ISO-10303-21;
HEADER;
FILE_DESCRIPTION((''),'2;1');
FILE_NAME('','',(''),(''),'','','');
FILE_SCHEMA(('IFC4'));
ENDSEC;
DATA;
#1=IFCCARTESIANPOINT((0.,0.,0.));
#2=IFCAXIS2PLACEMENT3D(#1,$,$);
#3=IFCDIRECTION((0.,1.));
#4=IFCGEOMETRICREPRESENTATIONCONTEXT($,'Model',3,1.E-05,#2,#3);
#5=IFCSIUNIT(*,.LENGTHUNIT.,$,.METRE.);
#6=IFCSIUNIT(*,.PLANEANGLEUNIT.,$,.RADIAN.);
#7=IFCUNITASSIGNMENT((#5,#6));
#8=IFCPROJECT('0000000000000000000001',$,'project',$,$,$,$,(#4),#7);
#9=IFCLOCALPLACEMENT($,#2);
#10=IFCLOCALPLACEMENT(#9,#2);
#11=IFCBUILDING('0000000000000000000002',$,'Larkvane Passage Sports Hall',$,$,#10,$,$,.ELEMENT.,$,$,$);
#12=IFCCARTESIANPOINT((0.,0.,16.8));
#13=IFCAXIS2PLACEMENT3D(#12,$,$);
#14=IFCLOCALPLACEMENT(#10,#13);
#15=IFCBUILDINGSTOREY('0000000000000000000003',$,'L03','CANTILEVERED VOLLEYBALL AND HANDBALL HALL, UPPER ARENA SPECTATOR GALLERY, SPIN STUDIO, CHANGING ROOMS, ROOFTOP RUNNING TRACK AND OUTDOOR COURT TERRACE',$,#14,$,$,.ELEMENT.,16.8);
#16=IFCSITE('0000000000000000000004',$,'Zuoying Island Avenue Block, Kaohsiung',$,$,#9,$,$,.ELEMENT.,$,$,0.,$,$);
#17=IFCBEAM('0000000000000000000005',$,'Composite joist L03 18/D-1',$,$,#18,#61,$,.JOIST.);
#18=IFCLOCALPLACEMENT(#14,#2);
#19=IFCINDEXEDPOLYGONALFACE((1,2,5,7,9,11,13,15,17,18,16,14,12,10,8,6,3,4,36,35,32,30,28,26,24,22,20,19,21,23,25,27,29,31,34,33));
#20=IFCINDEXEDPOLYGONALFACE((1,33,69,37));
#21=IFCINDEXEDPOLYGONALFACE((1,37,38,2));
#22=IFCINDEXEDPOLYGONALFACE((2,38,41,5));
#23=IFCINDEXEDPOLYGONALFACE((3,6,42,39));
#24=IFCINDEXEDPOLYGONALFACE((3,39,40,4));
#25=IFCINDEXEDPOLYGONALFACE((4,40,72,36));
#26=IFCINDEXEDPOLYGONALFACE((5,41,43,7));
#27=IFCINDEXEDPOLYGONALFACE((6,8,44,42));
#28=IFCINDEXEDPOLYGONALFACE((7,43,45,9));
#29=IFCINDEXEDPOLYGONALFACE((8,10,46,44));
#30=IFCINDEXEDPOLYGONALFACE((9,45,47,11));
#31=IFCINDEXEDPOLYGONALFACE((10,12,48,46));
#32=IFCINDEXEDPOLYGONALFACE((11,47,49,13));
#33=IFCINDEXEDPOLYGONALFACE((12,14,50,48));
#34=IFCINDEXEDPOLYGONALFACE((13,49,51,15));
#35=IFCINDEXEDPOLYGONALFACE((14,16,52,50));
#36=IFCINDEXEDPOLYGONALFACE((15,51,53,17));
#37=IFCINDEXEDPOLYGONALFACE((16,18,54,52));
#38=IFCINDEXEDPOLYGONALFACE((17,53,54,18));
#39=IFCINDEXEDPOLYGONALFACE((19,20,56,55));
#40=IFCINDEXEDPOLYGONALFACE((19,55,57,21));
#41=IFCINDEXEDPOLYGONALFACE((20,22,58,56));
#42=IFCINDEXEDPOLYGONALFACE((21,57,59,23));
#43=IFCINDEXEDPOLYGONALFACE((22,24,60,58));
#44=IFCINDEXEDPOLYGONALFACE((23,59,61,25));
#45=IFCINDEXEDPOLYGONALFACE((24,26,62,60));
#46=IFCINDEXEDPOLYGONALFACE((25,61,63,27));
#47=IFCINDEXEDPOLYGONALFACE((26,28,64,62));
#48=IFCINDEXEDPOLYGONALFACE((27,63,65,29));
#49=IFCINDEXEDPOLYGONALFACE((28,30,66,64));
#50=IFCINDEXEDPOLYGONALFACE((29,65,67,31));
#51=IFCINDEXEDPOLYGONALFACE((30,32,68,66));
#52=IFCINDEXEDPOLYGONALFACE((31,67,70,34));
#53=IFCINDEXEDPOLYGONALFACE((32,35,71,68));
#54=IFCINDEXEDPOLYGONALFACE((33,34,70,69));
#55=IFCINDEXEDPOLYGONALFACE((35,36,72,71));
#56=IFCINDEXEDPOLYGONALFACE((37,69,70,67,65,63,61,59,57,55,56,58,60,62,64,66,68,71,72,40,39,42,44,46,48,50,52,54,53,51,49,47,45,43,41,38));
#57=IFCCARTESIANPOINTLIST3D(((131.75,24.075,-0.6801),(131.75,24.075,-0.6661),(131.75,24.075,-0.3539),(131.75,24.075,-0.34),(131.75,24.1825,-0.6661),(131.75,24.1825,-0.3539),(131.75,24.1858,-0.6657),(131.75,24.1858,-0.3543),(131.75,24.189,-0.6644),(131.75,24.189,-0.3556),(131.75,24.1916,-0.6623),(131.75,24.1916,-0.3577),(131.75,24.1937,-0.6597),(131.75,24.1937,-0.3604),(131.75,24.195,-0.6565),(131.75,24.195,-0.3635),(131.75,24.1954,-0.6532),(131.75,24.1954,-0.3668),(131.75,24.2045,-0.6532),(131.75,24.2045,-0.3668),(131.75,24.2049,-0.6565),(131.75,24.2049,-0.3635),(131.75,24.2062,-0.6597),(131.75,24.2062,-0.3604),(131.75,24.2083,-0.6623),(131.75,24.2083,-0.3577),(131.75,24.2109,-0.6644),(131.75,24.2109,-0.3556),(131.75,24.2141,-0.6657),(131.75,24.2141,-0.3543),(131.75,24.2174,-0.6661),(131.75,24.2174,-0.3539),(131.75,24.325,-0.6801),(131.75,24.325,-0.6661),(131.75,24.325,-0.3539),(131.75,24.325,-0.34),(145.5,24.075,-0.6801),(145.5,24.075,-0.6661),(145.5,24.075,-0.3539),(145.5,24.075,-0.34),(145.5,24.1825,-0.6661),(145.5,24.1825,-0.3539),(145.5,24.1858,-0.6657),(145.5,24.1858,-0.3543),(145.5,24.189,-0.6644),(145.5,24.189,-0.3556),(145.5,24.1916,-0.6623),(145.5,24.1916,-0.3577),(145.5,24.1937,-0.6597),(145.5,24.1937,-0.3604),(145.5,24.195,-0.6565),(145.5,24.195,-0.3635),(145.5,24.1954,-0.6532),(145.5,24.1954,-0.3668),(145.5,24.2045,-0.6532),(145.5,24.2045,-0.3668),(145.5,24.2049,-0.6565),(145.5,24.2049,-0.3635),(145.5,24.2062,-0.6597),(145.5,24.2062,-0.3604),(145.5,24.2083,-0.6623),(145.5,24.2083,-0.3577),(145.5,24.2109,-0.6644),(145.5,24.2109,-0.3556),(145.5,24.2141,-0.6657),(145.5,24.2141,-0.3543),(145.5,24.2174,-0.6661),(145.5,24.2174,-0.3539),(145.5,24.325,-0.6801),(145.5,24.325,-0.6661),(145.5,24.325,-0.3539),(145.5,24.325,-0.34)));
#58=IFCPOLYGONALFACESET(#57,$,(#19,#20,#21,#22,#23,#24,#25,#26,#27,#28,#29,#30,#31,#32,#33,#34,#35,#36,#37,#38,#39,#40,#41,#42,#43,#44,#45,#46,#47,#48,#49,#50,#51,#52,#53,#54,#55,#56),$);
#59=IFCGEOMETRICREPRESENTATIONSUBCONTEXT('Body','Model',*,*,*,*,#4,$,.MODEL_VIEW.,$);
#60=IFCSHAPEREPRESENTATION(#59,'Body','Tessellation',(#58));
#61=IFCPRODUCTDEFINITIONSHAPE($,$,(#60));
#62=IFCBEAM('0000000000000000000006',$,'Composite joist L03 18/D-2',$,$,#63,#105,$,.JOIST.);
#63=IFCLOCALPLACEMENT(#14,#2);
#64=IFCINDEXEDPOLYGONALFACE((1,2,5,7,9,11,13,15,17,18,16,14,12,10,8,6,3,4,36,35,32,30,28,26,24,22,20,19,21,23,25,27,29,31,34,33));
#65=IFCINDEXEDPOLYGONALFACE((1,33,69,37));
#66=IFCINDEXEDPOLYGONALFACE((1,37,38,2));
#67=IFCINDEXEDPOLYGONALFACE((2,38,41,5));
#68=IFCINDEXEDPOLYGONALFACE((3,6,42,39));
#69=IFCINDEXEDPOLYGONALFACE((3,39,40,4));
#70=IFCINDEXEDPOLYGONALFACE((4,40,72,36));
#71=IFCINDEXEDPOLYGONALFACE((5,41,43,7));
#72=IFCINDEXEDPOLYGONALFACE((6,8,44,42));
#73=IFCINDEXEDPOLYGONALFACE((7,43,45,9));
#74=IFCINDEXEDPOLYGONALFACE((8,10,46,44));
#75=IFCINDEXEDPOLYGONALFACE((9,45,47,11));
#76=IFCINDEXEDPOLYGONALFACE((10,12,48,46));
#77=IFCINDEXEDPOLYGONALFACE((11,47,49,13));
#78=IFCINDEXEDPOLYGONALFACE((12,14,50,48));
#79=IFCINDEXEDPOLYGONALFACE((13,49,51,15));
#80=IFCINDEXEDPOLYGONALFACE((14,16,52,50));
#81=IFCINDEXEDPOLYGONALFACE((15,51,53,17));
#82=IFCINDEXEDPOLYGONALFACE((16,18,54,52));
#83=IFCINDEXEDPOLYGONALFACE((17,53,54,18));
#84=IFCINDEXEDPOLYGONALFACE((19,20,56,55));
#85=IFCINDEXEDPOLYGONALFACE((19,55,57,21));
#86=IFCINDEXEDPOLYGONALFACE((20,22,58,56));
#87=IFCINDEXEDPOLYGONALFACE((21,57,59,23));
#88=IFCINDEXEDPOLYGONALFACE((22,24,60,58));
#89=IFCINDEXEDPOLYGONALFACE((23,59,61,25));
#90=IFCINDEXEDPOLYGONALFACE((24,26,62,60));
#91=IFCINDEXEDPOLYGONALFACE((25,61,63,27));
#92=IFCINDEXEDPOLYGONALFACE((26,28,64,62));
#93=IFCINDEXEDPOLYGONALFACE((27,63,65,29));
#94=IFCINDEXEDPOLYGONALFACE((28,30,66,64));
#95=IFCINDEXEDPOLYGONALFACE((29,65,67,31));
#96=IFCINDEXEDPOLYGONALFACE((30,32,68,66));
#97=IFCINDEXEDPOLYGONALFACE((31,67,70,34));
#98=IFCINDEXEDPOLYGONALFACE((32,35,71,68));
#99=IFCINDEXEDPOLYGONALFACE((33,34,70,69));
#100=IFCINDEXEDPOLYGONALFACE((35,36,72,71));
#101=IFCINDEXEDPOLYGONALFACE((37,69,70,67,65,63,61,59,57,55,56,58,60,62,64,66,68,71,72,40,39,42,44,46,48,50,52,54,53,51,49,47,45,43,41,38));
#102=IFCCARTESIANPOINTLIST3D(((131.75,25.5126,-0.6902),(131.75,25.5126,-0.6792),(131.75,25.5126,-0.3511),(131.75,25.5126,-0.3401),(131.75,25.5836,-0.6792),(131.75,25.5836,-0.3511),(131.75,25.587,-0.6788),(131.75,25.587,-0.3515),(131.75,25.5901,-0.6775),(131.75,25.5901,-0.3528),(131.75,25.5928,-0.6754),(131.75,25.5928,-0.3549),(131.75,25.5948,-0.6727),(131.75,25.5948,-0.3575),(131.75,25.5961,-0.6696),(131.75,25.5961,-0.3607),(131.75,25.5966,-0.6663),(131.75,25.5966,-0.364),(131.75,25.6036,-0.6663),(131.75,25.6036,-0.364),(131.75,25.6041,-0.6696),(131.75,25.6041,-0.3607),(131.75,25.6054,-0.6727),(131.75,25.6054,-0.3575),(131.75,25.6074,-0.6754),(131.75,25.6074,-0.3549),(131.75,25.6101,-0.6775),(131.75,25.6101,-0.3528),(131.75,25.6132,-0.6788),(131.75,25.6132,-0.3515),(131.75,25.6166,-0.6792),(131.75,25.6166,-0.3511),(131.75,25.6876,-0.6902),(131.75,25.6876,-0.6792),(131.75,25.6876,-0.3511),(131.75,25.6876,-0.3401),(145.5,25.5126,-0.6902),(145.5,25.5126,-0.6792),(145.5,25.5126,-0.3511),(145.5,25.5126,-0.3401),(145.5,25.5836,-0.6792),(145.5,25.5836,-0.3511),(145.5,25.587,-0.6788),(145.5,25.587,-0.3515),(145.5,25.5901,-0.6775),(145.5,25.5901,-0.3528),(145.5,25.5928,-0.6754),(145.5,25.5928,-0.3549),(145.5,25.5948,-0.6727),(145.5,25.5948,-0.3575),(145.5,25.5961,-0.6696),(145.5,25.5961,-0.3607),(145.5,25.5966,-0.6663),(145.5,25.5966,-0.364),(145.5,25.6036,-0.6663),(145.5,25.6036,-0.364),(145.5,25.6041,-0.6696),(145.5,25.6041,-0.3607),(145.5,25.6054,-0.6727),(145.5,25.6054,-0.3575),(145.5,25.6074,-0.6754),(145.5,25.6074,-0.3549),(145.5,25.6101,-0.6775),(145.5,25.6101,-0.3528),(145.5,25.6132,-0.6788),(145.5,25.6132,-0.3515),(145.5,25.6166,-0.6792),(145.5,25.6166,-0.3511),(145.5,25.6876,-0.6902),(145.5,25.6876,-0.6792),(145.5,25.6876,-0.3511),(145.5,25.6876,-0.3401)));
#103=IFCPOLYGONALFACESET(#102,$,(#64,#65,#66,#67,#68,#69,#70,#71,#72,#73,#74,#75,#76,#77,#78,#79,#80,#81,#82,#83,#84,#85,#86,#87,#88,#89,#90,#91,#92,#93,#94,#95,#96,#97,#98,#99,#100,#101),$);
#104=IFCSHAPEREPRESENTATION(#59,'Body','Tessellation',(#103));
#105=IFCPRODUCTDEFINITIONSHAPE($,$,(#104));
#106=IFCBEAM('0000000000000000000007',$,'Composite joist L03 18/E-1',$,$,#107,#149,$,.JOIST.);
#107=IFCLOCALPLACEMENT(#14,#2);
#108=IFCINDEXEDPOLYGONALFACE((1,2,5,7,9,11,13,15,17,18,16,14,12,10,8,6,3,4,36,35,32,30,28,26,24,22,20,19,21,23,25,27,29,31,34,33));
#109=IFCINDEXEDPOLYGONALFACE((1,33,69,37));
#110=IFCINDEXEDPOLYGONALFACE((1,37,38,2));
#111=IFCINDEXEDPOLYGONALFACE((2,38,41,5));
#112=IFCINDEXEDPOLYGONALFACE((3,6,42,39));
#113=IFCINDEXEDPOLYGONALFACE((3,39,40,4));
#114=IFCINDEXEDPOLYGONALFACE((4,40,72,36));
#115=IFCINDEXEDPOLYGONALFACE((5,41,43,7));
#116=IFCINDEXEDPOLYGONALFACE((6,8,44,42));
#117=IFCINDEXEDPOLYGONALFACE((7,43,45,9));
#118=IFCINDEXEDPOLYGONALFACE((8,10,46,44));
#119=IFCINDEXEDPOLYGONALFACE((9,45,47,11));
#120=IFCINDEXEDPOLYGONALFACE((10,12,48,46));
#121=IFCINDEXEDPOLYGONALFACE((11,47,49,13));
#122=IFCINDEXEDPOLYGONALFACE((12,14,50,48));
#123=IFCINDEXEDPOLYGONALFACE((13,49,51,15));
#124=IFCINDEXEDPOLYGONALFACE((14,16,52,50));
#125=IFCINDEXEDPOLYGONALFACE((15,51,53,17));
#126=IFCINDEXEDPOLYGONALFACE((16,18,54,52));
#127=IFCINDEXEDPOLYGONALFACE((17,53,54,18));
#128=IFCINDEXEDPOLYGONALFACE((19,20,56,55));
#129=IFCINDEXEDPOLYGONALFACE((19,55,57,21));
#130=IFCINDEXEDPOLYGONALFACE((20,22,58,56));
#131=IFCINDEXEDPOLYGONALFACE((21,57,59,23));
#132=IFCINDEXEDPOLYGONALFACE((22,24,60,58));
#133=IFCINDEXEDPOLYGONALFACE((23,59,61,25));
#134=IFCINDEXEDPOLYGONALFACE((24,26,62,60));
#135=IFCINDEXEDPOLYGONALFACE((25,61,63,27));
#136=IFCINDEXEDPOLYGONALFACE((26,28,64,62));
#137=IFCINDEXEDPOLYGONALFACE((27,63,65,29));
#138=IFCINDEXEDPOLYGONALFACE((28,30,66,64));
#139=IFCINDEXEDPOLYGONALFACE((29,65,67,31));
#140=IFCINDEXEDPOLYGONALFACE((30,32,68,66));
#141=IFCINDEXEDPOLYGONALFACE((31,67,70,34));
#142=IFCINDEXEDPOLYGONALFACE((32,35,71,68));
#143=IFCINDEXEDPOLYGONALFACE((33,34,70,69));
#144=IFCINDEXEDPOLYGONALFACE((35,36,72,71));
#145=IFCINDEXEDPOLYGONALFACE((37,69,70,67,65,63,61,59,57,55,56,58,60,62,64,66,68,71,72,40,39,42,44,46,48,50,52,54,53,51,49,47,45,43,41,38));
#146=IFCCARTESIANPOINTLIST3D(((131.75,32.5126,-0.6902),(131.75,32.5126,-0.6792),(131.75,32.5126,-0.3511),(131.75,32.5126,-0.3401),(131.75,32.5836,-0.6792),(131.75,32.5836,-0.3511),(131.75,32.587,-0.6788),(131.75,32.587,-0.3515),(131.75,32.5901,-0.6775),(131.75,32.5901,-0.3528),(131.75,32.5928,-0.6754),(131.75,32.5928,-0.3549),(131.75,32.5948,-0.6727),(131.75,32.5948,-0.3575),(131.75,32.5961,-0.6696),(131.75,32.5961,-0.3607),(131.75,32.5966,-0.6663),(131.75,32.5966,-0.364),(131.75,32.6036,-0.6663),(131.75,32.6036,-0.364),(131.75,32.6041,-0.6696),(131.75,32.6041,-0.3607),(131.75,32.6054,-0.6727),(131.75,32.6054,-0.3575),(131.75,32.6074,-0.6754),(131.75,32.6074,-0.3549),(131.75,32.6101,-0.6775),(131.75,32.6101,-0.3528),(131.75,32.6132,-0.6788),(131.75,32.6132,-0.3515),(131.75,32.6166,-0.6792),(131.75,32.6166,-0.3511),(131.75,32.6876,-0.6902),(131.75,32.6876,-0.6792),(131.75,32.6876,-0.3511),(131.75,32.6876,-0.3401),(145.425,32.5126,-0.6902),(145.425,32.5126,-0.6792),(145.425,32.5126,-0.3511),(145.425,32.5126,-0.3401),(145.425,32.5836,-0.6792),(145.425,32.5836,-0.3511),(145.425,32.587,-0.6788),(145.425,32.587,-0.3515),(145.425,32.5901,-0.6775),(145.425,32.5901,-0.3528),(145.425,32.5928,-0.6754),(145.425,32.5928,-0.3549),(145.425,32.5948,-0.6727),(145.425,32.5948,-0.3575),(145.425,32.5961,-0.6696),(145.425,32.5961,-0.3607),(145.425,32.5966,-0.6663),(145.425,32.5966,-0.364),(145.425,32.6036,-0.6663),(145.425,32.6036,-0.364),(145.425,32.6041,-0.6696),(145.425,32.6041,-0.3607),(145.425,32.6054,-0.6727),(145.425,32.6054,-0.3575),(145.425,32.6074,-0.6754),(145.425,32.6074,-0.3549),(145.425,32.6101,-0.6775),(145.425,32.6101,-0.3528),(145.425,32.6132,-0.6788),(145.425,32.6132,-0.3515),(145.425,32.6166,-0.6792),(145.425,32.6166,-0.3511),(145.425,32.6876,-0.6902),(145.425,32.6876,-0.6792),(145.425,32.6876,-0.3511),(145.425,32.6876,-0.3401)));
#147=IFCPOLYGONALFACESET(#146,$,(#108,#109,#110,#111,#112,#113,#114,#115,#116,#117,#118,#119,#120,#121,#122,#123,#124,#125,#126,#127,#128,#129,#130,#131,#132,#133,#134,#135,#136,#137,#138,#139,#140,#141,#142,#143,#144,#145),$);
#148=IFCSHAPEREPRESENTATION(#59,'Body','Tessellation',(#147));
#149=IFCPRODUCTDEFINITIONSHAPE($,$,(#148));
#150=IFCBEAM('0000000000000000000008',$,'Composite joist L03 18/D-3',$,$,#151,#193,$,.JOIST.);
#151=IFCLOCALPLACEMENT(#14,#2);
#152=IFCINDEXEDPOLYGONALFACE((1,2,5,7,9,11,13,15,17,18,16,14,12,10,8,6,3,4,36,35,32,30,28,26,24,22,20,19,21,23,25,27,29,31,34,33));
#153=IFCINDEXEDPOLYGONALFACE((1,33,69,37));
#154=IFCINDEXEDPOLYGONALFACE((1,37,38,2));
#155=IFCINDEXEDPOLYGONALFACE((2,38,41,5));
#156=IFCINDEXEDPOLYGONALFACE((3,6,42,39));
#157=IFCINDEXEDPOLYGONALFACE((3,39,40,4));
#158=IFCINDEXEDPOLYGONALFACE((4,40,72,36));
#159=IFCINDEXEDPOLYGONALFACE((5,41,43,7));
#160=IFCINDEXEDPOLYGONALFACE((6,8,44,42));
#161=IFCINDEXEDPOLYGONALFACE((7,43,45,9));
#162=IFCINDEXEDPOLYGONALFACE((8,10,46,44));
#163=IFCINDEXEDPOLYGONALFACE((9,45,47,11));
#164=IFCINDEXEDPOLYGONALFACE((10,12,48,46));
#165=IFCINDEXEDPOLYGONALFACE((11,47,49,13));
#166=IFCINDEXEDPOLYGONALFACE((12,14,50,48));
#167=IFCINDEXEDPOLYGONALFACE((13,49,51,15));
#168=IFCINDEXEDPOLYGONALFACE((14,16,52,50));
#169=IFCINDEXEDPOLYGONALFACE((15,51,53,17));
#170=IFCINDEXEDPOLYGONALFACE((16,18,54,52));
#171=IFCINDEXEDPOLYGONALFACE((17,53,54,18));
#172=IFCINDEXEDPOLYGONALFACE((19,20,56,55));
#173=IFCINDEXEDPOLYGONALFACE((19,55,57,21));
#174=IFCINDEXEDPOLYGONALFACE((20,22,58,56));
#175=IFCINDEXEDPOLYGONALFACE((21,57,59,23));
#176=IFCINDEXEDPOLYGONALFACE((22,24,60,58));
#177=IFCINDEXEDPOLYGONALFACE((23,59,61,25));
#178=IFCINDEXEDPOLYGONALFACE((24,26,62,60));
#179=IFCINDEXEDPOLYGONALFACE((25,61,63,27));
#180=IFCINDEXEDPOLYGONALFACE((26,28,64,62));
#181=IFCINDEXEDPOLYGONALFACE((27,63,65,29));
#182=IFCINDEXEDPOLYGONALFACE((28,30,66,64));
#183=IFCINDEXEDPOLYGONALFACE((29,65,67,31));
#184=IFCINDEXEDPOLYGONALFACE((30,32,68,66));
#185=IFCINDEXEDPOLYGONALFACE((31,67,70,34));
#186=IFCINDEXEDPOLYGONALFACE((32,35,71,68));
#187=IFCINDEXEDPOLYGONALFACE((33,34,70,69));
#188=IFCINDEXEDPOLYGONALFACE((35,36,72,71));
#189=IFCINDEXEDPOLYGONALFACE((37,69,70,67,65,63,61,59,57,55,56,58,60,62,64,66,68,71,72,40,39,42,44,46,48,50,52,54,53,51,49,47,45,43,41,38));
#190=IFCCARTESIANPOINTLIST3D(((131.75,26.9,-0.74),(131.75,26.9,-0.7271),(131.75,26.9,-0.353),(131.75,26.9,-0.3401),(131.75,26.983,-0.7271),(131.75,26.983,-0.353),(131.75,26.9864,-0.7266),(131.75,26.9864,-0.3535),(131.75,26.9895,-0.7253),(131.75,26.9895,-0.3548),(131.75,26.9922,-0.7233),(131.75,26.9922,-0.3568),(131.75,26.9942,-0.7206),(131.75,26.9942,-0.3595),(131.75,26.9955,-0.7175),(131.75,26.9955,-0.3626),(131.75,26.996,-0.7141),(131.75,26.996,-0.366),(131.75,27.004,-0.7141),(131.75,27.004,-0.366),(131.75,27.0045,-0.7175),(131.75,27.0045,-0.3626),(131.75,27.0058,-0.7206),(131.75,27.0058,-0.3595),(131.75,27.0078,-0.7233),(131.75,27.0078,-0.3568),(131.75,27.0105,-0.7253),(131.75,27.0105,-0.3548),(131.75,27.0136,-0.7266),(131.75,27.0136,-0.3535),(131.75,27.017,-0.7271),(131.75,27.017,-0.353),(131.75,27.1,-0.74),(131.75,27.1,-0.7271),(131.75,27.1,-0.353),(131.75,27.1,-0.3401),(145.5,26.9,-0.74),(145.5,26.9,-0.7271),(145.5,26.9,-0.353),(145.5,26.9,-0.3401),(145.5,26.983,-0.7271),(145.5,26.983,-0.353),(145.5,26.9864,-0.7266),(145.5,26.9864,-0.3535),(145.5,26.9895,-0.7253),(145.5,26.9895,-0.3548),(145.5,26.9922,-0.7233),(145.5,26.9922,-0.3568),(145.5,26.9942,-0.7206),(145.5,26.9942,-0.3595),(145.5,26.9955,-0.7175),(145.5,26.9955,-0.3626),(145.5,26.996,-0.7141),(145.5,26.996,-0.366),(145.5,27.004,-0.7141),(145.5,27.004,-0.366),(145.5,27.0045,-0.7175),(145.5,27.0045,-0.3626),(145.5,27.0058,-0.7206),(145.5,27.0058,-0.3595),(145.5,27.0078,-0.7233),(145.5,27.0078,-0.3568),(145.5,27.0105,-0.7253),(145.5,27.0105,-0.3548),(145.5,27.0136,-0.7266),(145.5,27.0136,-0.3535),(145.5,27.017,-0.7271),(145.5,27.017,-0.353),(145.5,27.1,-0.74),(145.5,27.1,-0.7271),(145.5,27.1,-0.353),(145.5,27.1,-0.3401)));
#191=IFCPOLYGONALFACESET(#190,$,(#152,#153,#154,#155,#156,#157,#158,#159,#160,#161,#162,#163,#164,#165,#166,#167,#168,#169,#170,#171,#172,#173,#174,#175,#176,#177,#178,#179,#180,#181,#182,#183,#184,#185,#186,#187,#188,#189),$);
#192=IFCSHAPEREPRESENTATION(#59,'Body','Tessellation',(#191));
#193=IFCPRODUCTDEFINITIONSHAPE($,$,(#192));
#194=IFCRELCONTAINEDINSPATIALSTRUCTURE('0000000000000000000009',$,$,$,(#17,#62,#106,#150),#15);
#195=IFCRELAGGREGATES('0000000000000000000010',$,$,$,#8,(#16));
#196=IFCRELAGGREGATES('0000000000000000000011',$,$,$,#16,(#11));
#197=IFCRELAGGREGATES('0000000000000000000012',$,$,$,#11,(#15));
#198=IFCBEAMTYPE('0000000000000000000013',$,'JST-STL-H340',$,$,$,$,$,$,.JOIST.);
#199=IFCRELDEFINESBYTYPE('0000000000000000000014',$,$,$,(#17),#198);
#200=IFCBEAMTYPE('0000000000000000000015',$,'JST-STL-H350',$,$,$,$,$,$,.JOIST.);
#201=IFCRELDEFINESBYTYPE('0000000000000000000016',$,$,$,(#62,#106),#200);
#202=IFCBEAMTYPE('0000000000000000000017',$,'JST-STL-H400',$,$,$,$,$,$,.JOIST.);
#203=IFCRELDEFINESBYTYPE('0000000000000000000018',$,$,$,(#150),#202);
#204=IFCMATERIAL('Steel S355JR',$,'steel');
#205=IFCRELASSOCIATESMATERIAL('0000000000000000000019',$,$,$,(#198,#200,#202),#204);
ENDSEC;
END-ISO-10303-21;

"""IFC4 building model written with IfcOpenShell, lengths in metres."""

from ifc_helpers import new_model, si_unit, direction, frame, origin, origin_2d, place, context, subcontext, project, spatial, i_section, extrude, material, material_profile, profile_set, type_object, element, save


model = new_model("IFC4")

# Units and contexts
model_context = context("Model", 3, precision=1e-05, world=origin(), true_north=direction((0.0, 1.0)))
body_context = subcontext(model_context, "Body", "Model", "MODEL_VIEW")
ifc_project = project(units=[si_unit("LENGTHUNIT", "METRE"), si_unit("PLANEANGLEUNIT", "RADIAN")], contexts=[model_context])

# Site, building, storey
site_placement = place(None, origin())
site = spatial("IfcSite", under=ifc_project, at=site_placement, Name="Zuoying Island Avenue Block, Kaohsiung", CompositionType="ELEMENT", RefElevation=0.0)
building_placement = place(site_placement, origin())
building = spatial("IfcBuilding", under=site, at=building_placement, Name="Larkvane Passage Sports Hall", CompositionType="ELEMENT")
storey_placement = place(building_placement, frame((0.0, 0.0, 16.8)))
storey = spatial("IfcBuildingStorey", under=building, at=storey_placement, Name="L03", Description="CANTILEVERED VOLLEYBALL AND HANDBALL HALL, UPPER ARENA SPECTATOR GALLERY, SPIN STUDIO, CHANGING ROOMS, ROOFTOP RUNNING TRACK AND OUTDOOR COURT TERRACE", CompositionType="ELEMENT", Elevation=16.8)

# Beams
ifc_material_1 = material(Name="Steel S355JR", Category="steel")
ifc_material_profile_1 = material_profile(ifc_material_1, i_section(OverallWidth=0.25, OverallDepth=0.3401, WebThickness=0.009, FlangeThickness=0.0139, FilletRadius=0.0129, at=origin_2d()), Name="H-340x250x9x14")
ifc_profile_set_1 = profile_set([ifc_material_profile_1], Name="Steel S355JR")
beam_type_1 = type_object("IfcBeamType", Name="JST-STL-H340", PredefinedType="JOIST", material=ifc_profile_set_1)
beam_1_placement = place(storey_placement, frame((131.75, 24.2, -0.51), z_axis=(1.0, 0.0, 0.0), x_axis=(0.0, 1.0, 0.0)))
element("IfcBeam", 1, at=beam_1_placement, inside=storey, type_object=beam_type_1, Name="Composite joist L03 18/D-1", PredefinedType="JOIST", context=body_context, shape_type="SweptSolid", body=[
    extrude(i_section(OverallWidth=0.25, OverallDepth=0.3401, WebThickness=0.009, FlangeThickness=0.0139, FilletRadius=0.0129, at=origin_2d()), origin(), (0.0, 0.0, 1.0), 13.75),
])
ifc_material_profile_2 = material_profile(ifc_material_1, i_section(OverallWidth=0.175, OverallDepth=0.3501, WebThickness=0.0071, FlangeThickness=0.011, FilletRadius=0.0129, at=origin_2d()), Name="H-350x175x7x11")
ifc_profile_set_2 = profile_set([ifc_material_profile_2], Name="Steel S355JR")
beam_type_2 = type_object("IfcBeamType", Name="JST-STL-H350", PredefinedType="JOIST", material=ifc_profile_set_2)
beam_2_placement = place(storey_placement, frame((131.75, 25.6001, -0.5151), z_axis=(1.0, 0.0, 0.0), x_axis=(0.0, 1.0, 0.0)))
element("IfcBeam", 2, at=beam_2_placement, inside=storey, type_object=beam_type_2, Name="Composite joist L03 18/D-2", PredefinedType="JOIST", context=body_context, shape_type="SweptSolid", body=[
    extrude(i_section(OverallWidth=0.175, OverallDepth=0.3501, WebThickness=0.0071, FlangeThickness=0.011, FilletRadius=0.0129, at=origin_2d()), origin(), (0.0, 0.0, 1.0), 13.75),
])
beam_3_placement = place(storey_placement, frame((131.75, 32.6001, -0.5151), z_axis=(1.0, 0.0, 0.0), x_axis=(0.0, 1.0, 0.0)))
element("IfcBeam", 3, at=beam_3_placement, inside=storey, type_object=beam_type_2, Name="Composite joist L03 18/E-1", PredefinedType="JOIST", context=body_context, shape_type="SweptSolid", body=[
    extrude(i_section(OverallWidth=0.175, OverallDepth=0.3501, WebThickness=0.0071, FlangeThickness=0.011, FilletRadius=0.0129, at=origin_2d()), origin(), (0.0, 0.0, 1.0), 13.675),
])
ifc_material_profile_3 = material_profile(ifc_material_1, i_section(OverallWidth=0.2, OverallDepth=0.3999, WebThickness=0.0081, FlangeThickness=0.0129, FilletRadius=0.0129, at=origin_2d()), Name="H-400x200x8x13")
ifc_profile_set_3 = profile_set([ifc_material_profile_3], Name="Steel S355JR")
beam_type_3 = type_object("IfcBeamType", Name="JST-STL-H400", PredefinedType="JOIST", material=ifc_profile_set_3)
beam_4_placement = place(storey_placement, frame((131.75, 27.0, -0.54), z_axis=(1.0, 0.0, 0.0), x_axis=(0.0, 1.0, 0.0)))
element("IfcBeam", 4, at=beam_4_placement, inside=storey, type_object=beam_type_3, Name="Composite joist L03 18/D-3", PredefinedType="JOIST", context=body_context, shape_type="SweptSolid", body=[
    extrude(i_section(OverallWidth=0.2, OverallDepth=0.3999, WebThickness=0.0081, FlangeThickness=0.0129, FilletRadius=0.0129, at=origin_2d()), origin(), (0.0, 0.0, 1.0), 13.75),
])

save(model, "model.ifc")
